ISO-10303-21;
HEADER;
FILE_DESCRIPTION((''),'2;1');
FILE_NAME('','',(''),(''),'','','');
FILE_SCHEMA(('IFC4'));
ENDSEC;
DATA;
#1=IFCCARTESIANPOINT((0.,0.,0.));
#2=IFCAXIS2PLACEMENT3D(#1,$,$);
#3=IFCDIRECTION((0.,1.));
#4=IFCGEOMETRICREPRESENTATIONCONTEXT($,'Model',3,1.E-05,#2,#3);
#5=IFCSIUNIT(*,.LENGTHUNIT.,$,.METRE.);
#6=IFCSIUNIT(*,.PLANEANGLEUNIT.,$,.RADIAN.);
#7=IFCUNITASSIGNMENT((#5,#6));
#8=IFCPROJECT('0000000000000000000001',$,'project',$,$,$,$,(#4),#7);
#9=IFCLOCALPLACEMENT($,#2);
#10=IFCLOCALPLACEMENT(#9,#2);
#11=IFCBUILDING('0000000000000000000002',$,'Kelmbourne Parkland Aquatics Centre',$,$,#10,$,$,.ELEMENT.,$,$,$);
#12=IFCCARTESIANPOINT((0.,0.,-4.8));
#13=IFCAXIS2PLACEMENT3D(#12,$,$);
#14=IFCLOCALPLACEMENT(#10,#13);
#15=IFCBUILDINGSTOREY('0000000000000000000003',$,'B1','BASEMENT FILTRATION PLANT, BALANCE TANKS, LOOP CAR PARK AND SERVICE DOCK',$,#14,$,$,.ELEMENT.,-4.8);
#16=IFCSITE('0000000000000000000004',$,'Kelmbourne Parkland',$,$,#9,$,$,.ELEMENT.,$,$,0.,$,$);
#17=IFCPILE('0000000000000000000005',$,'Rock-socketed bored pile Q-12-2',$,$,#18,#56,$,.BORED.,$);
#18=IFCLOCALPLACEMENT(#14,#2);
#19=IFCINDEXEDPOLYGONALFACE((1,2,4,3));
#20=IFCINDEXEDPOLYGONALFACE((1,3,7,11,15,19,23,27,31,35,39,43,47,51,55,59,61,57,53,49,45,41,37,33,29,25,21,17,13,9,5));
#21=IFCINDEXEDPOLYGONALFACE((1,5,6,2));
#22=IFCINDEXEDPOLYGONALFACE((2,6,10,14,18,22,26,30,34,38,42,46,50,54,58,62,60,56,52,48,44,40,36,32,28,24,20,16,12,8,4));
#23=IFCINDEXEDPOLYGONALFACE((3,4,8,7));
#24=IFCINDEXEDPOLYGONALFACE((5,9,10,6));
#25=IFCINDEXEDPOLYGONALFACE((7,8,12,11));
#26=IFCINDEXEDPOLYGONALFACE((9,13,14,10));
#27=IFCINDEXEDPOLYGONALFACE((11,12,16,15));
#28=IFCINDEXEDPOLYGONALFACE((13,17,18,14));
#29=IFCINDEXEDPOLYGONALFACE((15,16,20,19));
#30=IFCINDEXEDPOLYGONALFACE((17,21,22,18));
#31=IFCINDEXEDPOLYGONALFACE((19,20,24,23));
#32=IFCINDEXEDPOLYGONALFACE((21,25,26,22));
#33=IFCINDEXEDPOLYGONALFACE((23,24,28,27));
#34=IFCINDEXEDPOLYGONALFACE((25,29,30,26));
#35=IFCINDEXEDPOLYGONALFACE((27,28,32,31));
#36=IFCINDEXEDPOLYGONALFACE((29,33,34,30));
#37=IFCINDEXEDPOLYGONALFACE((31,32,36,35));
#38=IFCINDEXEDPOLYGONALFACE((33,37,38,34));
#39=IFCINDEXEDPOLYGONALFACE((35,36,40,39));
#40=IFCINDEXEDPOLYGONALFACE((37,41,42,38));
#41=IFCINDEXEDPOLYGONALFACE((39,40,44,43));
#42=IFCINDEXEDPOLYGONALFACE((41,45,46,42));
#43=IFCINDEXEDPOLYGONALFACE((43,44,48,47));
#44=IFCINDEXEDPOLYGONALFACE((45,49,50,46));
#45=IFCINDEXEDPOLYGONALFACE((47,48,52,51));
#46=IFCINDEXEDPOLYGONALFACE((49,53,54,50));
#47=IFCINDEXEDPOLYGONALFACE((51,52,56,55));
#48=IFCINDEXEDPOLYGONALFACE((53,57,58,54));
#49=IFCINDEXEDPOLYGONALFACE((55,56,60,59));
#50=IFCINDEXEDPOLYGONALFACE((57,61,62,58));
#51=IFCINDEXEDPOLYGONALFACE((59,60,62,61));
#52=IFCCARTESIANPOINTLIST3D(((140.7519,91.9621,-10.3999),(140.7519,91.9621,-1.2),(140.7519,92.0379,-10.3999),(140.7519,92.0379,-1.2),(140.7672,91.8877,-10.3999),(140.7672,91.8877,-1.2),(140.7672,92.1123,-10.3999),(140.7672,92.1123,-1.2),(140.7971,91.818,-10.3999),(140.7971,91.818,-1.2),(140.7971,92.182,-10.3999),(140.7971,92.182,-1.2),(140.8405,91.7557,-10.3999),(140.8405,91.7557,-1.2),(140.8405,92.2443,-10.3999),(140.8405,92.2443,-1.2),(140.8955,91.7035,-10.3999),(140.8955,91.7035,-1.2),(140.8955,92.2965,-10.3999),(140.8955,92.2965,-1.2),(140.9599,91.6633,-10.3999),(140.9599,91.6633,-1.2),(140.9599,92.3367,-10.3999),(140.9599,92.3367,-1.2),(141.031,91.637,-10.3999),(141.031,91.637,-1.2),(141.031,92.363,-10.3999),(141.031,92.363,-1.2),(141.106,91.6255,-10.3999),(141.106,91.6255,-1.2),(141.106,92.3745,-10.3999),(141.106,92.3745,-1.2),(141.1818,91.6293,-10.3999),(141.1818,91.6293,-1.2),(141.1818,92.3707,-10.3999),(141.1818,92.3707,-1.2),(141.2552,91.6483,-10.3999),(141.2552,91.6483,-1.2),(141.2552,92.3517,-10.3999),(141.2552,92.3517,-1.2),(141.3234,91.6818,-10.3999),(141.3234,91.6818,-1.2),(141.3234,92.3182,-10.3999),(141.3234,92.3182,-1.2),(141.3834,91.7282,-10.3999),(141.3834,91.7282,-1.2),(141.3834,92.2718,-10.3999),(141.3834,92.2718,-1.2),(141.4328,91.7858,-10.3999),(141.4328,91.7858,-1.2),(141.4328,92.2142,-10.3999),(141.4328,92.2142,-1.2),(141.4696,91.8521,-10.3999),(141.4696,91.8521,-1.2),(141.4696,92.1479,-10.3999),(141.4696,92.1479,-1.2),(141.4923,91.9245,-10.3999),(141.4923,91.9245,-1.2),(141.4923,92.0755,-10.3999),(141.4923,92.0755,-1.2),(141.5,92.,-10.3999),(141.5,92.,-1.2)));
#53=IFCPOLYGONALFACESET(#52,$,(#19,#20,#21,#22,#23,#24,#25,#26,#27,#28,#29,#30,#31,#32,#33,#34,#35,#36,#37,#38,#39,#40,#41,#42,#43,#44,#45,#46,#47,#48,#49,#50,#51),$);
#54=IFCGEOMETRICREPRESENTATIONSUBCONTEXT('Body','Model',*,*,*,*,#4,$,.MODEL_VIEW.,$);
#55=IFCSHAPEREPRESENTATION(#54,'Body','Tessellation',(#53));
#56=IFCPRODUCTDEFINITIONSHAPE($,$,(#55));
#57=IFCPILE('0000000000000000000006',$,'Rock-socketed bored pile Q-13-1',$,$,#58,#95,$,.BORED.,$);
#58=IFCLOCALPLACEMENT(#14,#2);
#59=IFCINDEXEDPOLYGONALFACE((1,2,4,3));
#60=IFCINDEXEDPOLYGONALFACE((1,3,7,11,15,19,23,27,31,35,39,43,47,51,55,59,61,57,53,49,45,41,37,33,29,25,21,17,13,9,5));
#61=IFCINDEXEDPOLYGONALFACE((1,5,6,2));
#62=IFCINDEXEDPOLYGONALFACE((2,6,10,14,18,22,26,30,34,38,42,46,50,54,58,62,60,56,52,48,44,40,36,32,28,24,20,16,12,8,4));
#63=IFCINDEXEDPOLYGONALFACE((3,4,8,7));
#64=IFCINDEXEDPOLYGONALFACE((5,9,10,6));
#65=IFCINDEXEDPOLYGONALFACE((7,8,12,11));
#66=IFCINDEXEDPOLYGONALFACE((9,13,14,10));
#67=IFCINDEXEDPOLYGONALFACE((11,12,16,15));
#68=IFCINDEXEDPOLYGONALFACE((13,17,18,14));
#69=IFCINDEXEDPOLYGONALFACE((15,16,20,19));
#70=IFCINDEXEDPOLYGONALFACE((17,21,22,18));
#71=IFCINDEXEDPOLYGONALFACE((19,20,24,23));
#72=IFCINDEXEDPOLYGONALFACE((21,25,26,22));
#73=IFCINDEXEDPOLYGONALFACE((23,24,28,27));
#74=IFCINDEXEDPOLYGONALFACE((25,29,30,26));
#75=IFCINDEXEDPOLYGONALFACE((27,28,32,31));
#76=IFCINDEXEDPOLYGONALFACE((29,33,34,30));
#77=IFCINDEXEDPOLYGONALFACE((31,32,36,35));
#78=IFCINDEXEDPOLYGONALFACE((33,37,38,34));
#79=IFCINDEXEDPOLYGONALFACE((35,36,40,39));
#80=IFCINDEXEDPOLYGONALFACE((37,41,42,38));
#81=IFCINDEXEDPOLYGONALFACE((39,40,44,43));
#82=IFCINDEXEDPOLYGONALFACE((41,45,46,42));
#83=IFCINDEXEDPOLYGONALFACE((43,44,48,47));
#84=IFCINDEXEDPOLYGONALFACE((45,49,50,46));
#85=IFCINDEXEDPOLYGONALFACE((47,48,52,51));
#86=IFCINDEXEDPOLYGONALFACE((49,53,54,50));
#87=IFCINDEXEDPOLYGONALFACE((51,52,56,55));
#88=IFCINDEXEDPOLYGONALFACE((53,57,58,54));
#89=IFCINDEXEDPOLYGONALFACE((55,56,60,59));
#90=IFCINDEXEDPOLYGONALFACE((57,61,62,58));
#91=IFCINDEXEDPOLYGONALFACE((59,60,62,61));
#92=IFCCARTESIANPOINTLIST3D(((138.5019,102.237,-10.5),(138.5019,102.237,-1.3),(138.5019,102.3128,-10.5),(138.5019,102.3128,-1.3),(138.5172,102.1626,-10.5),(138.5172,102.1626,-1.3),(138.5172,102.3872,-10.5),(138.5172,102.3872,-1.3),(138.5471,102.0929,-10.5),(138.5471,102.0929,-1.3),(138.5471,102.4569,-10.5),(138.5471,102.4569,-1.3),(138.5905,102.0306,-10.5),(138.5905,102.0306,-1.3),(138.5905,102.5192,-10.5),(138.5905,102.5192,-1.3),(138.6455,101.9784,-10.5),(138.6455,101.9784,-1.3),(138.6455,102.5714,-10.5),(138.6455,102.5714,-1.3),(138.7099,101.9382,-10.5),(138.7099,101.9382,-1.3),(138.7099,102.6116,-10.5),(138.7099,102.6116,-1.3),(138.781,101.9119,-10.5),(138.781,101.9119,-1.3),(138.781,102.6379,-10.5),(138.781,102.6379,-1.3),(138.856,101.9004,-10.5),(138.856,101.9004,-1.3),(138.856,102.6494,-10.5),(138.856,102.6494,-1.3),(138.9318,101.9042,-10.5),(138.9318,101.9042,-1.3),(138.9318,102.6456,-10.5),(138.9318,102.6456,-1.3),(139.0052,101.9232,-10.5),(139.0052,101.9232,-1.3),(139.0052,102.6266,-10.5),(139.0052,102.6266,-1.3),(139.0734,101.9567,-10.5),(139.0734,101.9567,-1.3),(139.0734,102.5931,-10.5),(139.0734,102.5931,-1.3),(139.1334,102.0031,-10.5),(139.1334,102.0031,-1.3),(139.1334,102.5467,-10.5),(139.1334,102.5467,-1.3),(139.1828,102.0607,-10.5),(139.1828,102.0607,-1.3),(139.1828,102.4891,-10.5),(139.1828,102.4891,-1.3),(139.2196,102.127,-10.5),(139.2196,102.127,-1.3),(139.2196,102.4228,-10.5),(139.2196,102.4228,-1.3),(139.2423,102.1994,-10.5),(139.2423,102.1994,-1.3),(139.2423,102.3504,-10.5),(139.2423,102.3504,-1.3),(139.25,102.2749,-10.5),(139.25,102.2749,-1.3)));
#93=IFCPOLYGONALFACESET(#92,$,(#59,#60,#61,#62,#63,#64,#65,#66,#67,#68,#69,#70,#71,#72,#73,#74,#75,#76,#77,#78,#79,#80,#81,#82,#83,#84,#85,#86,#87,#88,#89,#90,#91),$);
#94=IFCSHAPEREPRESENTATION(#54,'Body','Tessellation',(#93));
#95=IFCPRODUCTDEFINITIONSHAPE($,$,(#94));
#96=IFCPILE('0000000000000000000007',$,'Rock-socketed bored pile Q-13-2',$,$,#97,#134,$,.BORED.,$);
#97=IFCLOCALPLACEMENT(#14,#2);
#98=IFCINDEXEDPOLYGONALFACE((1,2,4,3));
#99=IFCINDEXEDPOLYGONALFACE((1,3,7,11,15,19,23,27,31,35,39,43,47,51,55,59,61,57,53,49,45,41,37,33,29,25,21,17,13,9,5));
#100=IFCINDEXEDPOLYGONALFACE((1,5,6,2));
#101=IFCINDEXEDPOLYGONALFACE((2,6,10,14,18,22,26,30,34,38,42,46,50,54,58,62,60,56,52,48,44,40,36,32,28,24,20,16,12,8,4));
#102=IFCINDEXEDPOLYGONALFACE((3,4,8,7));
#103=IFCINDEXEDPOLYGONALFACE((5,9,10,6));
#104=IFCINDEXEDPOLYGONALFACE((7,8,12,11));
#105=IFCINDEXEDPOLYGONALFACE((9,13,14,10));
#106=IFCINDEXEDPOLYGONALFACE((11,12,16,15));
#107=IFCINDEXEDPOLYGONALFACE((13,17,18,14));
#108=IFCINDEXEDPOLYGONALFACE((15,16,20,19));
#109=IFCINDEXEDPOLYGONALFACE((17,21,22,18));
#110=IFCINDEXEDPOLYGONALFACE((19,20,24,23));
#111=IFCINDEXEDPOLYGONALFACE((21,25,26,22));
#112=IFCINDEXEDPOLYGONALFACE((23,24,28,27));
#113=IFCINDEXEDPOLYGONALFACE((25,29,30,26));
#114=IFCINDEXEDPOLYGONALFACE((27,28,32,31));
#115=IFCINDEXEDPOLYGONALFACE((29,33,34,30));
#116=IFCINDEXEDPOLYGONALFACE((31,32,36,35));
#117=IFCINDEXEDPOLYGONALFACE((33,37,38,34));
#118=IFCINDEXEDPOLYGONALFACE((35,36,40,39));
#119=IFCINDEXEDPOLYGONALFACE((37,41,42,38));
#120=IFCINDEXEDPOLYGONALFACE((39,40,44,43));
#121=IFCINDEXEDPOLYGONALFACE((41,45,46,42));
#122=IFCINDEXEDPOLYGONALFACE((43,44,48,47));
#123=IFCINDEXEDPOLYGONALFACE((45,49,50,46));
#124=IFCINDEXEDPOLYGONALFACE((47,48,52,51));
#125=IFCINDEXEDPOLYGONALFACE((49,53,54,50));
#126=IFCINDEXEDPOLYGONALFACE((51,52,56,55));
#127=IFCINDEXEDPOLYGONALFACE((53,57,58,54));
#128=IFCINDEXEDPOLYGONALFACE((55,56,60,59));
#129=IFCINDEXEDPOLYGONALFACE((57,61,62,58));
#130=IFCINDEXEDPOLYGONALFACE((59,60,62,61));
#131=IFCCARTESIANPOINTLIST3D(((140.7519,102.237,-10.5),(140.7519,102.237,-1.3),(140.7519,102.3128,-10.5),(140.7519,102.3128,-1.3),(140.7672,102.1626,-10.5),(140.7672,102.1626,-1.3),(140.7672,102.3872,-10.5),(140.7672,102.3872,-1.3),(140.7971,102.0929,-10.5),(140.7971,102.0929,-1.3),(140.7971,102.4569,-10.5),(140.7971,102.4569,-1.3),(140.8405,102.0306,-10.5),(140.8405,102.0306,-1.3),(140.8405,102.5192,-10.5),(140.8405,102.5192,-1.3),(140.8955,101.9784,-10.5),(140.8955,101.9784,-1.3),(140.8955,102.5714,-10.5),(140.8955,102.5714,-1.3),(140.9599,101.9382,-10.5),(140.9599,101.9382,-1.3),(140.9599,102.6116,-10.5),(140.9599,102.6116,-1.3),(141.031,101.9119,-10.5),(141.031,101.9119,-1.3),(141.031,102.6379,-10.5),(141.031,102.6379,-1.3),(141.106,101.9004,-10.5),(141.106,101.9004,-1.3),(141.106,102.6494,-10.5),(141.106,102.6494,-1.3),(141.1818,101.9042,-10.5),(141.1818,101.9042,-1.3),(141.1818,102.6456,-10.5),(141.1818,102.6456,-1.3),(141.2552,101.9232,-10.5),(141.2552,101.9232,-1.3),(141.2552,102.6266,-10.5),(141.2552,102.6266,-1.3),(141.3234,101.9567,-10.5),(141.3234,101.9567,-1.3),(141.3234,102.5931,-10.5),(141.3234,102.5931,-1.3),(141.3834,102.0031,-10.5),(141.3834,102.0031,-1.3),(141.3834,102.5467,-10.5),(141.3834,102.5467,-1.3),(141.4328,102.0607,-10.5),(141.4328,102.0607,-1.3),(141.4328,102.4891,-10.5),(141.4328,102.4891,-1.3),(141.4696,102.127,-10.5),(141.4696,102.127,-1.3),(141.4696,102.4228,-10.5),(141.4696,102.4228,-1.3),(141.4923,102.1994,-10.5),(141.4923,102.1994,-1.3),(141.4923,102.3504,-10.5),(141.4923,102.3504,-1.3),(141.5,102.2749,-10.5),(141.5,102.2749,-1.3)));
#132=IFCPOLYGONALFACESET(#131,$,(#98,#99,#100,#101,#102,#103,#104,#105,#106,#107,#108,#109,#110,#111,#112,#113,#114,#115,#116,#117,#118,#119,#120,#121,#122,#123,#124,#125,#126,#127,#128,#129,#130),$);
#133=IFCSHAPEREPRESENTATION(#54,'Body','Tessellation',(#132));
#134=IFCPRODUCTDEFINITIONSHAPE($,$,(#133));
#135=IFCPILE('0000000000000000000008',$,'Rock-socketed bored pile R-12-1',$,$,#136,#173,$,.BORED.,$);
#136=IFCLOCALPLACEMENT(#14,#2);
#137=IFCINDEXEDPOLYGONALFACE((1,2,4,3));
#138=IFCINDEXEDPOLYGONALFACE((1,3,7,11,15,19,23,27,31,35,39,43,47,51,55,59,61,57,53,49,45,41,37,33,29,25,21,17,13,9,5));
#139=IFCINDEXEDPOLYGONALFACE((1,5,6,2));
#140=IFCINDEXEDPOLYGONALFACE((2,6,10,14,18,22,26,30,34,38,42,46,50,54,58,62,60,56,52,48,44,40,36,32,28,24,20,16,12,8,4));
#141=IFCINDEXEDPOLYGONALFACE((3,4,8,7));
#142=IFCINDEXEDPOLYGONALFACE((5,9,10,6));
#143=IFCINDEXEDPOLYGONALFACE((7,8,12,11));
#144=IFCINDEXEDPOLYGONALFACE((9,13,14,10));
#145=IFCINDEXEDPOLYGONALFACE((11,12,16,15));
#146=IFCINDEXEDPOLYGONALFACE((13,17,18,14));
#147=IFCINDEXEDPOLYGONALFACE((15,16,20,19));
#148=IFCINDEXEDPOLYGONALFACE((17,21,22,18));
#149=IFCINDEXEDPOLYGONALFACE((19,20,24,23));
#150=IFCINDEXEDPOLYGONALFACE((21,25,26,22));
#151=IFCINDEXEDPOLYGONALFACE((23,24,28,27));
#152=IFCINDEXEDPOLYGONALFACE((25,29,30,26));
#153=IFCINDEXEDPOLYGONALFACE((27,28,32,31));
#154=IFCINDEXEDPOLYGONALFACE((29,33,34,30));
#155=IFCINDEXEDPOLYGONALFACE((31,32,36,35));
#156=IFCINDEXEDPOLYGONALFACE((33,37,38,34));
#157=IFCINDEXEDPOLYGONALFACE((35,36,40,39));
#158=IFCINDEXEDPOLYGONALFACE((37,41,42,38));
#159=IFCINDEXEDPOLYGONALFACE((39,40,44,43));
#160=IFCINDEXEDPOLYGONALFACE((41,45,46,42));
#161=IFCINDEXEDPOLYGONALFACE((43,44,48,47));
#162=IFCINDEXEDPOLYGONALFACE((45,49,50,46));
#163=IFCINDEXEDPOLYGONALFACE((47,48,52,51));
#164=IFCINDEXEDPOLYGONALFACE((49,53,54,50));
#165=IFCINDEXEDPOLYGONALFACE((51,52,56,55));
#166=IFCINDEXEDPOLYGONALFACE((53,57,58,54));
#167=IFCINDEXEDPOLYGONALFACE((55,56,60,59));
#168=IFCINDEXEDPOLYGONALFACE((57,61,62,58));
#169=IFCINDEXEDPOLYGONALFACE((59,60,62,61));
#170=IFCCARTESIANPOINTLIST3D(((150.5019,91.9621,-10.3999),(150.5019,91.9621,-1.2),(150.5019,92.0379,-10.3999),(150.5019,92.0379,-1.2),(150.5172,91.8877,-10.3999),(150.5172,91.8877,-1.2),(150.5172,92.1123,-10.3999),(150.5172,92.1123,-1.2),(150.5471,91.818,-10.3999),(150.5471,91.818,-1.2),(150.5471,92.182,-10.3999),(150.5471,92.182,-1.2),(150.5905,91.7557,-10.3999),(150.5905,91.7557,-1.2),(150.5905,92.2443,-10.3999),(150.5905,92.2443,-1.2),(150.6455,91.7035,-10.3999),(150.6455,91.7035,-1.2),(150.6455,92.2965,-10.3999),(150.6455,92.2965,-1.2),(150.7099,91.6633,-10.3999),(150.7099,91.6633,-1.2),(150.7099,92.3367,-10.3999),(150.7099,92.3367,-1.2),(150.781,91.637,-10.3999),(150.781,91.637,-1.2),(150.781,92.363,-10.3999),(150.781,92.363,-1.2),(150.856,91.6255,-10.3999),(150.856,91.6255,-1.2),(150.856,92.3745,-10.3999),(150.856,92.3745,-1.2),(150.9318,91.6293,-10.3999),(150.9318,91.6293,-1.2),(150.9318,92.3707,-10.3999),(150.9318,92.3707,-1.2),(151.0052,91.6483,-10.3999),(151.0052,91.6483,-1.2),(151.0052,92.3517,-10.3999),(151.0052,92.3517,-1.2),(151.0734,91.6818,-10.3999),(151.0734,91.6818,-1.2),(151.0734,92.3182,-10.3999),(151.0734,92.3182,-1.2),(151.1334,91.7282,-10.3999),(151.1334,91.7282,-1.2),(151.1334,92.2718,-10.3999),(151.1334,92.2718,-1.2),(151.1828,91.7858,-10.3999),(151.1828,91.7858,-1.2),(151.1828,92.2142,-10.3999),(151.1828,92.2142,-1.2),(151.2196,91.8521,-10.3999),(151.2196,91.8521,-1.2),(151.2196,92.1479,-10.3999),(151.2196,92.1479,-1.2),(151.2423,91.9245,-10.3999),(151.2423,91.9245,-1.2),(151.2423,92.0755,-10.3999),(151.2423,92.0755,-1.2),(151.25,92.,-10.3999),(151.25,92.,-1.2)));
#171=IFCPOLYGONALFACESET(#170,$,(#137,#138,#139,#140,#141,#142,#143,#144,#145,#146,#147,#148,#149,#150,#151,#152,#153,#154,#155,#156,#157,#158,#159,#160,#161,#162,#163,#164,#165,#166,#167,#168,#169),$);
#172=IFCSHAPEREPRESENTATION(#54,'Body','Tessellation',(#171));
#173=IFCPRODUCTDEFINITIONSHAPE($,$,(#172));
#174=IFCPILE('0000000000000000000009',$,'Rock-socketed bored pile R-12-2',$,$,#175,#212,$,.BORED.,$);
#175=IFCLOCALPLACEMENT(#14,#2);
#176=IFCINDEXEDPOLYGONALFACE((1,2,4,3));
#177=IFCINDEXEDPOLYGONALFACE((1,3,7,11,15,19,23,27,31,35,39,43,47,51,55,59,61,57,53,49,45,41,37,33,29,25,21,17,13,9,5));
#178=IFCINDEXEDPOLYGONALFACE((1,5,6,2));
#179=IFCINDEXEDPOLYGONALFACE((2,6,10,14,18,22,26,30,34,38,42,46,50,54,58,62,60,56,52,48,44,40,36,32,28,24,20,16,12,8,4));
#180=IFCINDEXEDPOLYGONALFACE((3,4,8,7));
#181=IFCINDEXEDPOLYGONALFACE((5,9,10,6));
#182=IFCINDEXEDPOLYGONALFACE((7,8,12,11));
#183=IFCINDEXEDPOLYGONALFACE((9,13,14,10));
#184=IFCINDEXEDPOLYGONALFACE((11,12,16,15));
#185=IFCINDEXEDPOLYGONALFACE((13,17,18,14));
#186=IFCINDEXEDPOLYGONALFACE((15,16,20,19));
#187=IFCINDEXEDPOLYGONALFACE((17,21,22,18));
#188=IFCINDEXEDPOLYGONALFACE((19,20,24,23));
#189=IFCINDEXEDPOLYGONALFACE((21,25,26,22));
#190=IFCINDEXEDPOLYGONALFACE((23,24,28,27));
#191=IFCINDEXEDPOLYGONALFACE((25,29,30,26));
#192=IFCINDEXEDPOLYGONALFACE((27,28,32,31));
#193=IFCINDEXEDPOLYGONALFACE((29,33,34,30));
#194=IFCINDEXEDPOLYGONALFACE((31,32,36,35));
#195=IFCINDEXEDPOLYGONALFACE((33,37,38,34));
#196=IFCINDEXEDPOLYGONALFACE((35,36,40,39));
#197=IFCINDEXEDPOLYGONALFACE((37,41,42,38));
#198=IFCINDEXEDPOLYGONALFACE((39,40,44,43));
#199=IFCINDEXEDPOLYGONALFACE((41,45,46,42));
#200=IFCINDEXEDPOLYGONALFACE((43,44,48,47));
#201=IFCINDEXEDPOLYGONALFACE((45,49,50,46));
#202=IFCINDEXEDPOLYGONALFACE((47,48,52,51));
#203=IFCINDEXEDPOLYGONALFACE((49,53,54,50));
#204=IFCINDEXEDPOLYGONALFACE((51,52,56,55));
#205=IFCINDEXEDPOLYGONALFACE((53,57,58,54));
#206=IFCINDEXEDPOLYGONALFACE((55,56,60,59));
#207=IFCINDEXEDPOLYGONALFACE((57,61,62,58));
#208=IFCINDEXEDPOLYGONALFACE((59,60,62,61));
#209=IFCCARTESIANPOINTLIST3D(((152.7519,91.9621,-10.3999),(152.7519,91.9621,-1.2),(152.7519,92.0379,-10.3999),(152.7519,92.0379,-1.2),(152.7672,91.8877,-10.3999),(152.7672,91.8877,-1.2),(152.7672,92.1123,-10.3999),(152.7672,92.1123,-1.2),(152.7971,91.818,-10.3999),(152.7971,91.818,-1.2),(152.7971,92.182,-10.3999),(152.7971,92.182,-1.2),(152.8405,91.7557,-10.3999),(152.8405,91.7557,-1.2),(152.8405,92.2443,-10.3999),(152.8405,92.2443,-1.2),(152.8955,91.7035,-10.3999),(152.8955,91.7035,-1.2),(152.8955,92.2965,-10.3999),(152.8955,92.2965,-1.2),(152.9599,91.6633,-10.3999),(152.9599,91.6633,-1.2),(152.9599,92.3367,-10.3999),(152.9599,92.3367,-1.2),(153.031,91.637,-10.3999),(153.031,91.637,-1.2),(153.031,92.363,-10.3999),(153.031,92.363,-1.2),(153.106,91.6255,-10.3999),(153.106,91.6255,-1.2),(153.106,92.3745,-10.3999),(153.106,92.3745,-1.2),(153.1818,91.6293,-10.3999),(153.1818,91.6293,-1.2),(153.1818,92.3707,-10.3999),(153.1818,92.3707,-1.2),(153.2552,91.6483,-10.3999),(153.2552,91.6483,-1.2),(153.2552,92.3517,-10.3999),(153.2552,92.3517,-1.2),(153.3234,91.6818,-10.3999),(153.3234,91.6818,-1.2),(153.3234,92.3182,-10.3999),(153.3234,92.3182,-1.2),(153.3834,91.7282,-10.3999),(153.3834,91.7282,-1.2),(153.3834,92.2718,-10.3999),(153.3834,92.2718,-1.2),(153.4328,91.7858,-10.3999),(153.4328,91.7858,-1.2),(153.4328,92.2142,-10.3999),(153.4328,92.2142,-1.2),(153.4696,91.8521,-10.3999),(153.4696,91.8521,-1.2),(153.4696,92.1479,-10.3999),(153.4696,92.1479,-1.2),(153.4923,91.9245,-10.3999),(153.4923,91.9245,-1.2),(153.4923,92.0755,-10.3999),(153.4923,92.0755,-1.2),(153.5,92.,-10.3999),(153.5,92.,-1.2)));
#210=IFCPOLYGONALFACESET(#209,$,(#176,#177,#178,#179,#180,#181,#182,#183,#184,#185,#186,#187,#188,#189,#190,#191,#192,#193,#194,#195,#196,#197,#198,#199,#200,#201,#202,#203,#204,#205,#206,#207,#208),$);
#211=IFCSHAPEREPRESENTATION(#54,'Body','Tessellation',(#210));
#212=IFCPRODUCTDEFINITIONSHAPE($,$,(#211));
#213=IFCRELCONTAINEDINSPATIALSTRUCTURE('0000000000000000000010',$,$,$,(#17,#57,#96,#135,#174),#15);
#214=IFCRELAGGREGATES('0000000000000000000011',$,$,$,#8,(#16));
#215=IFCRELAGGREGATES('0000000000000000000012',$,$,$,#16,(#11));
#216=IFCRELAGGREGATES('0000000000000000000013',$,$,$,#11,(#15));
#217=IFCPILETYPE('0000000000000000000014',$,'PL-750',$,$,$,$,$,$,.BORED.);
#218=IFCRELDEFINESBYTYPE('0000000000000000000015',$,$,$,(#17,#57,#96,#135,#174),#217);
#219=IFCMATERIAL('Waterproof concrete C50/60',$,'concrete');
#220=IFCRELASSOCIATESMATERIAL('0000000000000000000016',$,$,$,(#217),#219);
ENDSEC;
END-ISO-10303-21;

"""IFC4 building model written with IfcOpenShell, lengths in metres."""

from ifc_helpers import new_model, si_unit, direction, frame, origin, origin_2d, place, context, subcontext, project, spatial, circle, extrude, material, material_profile, profile_set, type_object, element, save


model = new_model("IFC4")

# Units and contexts
model_context = context("Model", 3, precision=1e-05, world=origin(), true_north=direction((0.0, 1.0)))
body_context = subcontext(model_context, "Body", "Model", "MODEL_VIEW")
ifc_project = project(units=[si_unit("LENGTHUNIT", "METRE"), si_unit("PLANEANGLEUNIT", "RADIAN")], contexts=[model_context])

# Site, building, storey
site_placement = place(None, origin())
site = spatial("IfcSite", under=ifc_project, at=site_placement, Name="Kelmbourne Parkland", CompositionType="ELEMENT", RefElevation=0.0)
building_placement = place(site_placement, origin())
building = spatial("IfcBuilding", under=site, at=building_placement, Name="Kelmbourne Parkland Aquatics Centre", CompositionType="ELEMENT")
storey_placement = place(building_placement, frame((0.0, 0.0, -4.8)))
storey = spatial("IfcBuildingStorey", under=building, at=storey_placement, Name="B1", Description="BASEMENT FILTRATION PLANT, BALANCE TANKS, LOOP CAR PARK AND SERVICE DOCK", CompositionType="ELEMENT", Elevation=-4.8)

# Shared definitions
ifc_material_1 = material(Name="Waterproof concrete C50/60", Category="concrete")

# Piles
ifc_material_profile_1 = material_profile(ifc_material_1, circle(Radius=0.375, at=origin_2d()), Name="PILE D750")
ifc_profile_set_1 = profile_set([ifc_material_profile_1], Name="Waterproof concrete C50/60")
pile_type_1 = type_object("IfcPileType", Name="PL-750", PredefinedType="BORED", material=ifc_profile_set_1)
for number, where, z_axis, x_axis, name in (
    (1, (141.125, 92.0, -1.2), (0.0, 0.0, -1.0), (1.0, 0.0, 0.0), "Rock-socketed bored pile Q-12-2"),
    (2, (138.875, 102.2749, -1.3), (0.0, 0.0, -1.0), (1.0, 0.0, 0.0), "Rock-socketed bored pile Q-13-1"),
    (3, (141.125, 102.2749, -1.3), (0.0, 0.0, -1.0), (1.0, 0.0, 0.0), "Rock-socketed bored pile Q-13-2"),
    (4, (150.875, 92.0, -1.2), (0.0, 0.0, -1.0), (1.0, 0.0, 0.0), "Rock-socketed bored pile R-12-1"),
    (5, (153.125, 92.0, -1.2), (0.0, 0.0, -1.0), (1.0, 0.0, 0.0), "Rock-socketed bored pile R-12-2"),
):
    element("IfcPile", number, at=place(storey_placement, frame(where, z_axis=z_axis, x_axis=x_axis)), inside=storey, type_object=pile_type_1, Name=name, PredefinedType="BORED", context=body_context, shape_type="SweptSolid", body=[
        extrude(circle(Radius=0.375, at=origin_2d()), origin(), (0.0, 0.0, 1.0), 9.2),
    ])

save(model, "model.ifc")
